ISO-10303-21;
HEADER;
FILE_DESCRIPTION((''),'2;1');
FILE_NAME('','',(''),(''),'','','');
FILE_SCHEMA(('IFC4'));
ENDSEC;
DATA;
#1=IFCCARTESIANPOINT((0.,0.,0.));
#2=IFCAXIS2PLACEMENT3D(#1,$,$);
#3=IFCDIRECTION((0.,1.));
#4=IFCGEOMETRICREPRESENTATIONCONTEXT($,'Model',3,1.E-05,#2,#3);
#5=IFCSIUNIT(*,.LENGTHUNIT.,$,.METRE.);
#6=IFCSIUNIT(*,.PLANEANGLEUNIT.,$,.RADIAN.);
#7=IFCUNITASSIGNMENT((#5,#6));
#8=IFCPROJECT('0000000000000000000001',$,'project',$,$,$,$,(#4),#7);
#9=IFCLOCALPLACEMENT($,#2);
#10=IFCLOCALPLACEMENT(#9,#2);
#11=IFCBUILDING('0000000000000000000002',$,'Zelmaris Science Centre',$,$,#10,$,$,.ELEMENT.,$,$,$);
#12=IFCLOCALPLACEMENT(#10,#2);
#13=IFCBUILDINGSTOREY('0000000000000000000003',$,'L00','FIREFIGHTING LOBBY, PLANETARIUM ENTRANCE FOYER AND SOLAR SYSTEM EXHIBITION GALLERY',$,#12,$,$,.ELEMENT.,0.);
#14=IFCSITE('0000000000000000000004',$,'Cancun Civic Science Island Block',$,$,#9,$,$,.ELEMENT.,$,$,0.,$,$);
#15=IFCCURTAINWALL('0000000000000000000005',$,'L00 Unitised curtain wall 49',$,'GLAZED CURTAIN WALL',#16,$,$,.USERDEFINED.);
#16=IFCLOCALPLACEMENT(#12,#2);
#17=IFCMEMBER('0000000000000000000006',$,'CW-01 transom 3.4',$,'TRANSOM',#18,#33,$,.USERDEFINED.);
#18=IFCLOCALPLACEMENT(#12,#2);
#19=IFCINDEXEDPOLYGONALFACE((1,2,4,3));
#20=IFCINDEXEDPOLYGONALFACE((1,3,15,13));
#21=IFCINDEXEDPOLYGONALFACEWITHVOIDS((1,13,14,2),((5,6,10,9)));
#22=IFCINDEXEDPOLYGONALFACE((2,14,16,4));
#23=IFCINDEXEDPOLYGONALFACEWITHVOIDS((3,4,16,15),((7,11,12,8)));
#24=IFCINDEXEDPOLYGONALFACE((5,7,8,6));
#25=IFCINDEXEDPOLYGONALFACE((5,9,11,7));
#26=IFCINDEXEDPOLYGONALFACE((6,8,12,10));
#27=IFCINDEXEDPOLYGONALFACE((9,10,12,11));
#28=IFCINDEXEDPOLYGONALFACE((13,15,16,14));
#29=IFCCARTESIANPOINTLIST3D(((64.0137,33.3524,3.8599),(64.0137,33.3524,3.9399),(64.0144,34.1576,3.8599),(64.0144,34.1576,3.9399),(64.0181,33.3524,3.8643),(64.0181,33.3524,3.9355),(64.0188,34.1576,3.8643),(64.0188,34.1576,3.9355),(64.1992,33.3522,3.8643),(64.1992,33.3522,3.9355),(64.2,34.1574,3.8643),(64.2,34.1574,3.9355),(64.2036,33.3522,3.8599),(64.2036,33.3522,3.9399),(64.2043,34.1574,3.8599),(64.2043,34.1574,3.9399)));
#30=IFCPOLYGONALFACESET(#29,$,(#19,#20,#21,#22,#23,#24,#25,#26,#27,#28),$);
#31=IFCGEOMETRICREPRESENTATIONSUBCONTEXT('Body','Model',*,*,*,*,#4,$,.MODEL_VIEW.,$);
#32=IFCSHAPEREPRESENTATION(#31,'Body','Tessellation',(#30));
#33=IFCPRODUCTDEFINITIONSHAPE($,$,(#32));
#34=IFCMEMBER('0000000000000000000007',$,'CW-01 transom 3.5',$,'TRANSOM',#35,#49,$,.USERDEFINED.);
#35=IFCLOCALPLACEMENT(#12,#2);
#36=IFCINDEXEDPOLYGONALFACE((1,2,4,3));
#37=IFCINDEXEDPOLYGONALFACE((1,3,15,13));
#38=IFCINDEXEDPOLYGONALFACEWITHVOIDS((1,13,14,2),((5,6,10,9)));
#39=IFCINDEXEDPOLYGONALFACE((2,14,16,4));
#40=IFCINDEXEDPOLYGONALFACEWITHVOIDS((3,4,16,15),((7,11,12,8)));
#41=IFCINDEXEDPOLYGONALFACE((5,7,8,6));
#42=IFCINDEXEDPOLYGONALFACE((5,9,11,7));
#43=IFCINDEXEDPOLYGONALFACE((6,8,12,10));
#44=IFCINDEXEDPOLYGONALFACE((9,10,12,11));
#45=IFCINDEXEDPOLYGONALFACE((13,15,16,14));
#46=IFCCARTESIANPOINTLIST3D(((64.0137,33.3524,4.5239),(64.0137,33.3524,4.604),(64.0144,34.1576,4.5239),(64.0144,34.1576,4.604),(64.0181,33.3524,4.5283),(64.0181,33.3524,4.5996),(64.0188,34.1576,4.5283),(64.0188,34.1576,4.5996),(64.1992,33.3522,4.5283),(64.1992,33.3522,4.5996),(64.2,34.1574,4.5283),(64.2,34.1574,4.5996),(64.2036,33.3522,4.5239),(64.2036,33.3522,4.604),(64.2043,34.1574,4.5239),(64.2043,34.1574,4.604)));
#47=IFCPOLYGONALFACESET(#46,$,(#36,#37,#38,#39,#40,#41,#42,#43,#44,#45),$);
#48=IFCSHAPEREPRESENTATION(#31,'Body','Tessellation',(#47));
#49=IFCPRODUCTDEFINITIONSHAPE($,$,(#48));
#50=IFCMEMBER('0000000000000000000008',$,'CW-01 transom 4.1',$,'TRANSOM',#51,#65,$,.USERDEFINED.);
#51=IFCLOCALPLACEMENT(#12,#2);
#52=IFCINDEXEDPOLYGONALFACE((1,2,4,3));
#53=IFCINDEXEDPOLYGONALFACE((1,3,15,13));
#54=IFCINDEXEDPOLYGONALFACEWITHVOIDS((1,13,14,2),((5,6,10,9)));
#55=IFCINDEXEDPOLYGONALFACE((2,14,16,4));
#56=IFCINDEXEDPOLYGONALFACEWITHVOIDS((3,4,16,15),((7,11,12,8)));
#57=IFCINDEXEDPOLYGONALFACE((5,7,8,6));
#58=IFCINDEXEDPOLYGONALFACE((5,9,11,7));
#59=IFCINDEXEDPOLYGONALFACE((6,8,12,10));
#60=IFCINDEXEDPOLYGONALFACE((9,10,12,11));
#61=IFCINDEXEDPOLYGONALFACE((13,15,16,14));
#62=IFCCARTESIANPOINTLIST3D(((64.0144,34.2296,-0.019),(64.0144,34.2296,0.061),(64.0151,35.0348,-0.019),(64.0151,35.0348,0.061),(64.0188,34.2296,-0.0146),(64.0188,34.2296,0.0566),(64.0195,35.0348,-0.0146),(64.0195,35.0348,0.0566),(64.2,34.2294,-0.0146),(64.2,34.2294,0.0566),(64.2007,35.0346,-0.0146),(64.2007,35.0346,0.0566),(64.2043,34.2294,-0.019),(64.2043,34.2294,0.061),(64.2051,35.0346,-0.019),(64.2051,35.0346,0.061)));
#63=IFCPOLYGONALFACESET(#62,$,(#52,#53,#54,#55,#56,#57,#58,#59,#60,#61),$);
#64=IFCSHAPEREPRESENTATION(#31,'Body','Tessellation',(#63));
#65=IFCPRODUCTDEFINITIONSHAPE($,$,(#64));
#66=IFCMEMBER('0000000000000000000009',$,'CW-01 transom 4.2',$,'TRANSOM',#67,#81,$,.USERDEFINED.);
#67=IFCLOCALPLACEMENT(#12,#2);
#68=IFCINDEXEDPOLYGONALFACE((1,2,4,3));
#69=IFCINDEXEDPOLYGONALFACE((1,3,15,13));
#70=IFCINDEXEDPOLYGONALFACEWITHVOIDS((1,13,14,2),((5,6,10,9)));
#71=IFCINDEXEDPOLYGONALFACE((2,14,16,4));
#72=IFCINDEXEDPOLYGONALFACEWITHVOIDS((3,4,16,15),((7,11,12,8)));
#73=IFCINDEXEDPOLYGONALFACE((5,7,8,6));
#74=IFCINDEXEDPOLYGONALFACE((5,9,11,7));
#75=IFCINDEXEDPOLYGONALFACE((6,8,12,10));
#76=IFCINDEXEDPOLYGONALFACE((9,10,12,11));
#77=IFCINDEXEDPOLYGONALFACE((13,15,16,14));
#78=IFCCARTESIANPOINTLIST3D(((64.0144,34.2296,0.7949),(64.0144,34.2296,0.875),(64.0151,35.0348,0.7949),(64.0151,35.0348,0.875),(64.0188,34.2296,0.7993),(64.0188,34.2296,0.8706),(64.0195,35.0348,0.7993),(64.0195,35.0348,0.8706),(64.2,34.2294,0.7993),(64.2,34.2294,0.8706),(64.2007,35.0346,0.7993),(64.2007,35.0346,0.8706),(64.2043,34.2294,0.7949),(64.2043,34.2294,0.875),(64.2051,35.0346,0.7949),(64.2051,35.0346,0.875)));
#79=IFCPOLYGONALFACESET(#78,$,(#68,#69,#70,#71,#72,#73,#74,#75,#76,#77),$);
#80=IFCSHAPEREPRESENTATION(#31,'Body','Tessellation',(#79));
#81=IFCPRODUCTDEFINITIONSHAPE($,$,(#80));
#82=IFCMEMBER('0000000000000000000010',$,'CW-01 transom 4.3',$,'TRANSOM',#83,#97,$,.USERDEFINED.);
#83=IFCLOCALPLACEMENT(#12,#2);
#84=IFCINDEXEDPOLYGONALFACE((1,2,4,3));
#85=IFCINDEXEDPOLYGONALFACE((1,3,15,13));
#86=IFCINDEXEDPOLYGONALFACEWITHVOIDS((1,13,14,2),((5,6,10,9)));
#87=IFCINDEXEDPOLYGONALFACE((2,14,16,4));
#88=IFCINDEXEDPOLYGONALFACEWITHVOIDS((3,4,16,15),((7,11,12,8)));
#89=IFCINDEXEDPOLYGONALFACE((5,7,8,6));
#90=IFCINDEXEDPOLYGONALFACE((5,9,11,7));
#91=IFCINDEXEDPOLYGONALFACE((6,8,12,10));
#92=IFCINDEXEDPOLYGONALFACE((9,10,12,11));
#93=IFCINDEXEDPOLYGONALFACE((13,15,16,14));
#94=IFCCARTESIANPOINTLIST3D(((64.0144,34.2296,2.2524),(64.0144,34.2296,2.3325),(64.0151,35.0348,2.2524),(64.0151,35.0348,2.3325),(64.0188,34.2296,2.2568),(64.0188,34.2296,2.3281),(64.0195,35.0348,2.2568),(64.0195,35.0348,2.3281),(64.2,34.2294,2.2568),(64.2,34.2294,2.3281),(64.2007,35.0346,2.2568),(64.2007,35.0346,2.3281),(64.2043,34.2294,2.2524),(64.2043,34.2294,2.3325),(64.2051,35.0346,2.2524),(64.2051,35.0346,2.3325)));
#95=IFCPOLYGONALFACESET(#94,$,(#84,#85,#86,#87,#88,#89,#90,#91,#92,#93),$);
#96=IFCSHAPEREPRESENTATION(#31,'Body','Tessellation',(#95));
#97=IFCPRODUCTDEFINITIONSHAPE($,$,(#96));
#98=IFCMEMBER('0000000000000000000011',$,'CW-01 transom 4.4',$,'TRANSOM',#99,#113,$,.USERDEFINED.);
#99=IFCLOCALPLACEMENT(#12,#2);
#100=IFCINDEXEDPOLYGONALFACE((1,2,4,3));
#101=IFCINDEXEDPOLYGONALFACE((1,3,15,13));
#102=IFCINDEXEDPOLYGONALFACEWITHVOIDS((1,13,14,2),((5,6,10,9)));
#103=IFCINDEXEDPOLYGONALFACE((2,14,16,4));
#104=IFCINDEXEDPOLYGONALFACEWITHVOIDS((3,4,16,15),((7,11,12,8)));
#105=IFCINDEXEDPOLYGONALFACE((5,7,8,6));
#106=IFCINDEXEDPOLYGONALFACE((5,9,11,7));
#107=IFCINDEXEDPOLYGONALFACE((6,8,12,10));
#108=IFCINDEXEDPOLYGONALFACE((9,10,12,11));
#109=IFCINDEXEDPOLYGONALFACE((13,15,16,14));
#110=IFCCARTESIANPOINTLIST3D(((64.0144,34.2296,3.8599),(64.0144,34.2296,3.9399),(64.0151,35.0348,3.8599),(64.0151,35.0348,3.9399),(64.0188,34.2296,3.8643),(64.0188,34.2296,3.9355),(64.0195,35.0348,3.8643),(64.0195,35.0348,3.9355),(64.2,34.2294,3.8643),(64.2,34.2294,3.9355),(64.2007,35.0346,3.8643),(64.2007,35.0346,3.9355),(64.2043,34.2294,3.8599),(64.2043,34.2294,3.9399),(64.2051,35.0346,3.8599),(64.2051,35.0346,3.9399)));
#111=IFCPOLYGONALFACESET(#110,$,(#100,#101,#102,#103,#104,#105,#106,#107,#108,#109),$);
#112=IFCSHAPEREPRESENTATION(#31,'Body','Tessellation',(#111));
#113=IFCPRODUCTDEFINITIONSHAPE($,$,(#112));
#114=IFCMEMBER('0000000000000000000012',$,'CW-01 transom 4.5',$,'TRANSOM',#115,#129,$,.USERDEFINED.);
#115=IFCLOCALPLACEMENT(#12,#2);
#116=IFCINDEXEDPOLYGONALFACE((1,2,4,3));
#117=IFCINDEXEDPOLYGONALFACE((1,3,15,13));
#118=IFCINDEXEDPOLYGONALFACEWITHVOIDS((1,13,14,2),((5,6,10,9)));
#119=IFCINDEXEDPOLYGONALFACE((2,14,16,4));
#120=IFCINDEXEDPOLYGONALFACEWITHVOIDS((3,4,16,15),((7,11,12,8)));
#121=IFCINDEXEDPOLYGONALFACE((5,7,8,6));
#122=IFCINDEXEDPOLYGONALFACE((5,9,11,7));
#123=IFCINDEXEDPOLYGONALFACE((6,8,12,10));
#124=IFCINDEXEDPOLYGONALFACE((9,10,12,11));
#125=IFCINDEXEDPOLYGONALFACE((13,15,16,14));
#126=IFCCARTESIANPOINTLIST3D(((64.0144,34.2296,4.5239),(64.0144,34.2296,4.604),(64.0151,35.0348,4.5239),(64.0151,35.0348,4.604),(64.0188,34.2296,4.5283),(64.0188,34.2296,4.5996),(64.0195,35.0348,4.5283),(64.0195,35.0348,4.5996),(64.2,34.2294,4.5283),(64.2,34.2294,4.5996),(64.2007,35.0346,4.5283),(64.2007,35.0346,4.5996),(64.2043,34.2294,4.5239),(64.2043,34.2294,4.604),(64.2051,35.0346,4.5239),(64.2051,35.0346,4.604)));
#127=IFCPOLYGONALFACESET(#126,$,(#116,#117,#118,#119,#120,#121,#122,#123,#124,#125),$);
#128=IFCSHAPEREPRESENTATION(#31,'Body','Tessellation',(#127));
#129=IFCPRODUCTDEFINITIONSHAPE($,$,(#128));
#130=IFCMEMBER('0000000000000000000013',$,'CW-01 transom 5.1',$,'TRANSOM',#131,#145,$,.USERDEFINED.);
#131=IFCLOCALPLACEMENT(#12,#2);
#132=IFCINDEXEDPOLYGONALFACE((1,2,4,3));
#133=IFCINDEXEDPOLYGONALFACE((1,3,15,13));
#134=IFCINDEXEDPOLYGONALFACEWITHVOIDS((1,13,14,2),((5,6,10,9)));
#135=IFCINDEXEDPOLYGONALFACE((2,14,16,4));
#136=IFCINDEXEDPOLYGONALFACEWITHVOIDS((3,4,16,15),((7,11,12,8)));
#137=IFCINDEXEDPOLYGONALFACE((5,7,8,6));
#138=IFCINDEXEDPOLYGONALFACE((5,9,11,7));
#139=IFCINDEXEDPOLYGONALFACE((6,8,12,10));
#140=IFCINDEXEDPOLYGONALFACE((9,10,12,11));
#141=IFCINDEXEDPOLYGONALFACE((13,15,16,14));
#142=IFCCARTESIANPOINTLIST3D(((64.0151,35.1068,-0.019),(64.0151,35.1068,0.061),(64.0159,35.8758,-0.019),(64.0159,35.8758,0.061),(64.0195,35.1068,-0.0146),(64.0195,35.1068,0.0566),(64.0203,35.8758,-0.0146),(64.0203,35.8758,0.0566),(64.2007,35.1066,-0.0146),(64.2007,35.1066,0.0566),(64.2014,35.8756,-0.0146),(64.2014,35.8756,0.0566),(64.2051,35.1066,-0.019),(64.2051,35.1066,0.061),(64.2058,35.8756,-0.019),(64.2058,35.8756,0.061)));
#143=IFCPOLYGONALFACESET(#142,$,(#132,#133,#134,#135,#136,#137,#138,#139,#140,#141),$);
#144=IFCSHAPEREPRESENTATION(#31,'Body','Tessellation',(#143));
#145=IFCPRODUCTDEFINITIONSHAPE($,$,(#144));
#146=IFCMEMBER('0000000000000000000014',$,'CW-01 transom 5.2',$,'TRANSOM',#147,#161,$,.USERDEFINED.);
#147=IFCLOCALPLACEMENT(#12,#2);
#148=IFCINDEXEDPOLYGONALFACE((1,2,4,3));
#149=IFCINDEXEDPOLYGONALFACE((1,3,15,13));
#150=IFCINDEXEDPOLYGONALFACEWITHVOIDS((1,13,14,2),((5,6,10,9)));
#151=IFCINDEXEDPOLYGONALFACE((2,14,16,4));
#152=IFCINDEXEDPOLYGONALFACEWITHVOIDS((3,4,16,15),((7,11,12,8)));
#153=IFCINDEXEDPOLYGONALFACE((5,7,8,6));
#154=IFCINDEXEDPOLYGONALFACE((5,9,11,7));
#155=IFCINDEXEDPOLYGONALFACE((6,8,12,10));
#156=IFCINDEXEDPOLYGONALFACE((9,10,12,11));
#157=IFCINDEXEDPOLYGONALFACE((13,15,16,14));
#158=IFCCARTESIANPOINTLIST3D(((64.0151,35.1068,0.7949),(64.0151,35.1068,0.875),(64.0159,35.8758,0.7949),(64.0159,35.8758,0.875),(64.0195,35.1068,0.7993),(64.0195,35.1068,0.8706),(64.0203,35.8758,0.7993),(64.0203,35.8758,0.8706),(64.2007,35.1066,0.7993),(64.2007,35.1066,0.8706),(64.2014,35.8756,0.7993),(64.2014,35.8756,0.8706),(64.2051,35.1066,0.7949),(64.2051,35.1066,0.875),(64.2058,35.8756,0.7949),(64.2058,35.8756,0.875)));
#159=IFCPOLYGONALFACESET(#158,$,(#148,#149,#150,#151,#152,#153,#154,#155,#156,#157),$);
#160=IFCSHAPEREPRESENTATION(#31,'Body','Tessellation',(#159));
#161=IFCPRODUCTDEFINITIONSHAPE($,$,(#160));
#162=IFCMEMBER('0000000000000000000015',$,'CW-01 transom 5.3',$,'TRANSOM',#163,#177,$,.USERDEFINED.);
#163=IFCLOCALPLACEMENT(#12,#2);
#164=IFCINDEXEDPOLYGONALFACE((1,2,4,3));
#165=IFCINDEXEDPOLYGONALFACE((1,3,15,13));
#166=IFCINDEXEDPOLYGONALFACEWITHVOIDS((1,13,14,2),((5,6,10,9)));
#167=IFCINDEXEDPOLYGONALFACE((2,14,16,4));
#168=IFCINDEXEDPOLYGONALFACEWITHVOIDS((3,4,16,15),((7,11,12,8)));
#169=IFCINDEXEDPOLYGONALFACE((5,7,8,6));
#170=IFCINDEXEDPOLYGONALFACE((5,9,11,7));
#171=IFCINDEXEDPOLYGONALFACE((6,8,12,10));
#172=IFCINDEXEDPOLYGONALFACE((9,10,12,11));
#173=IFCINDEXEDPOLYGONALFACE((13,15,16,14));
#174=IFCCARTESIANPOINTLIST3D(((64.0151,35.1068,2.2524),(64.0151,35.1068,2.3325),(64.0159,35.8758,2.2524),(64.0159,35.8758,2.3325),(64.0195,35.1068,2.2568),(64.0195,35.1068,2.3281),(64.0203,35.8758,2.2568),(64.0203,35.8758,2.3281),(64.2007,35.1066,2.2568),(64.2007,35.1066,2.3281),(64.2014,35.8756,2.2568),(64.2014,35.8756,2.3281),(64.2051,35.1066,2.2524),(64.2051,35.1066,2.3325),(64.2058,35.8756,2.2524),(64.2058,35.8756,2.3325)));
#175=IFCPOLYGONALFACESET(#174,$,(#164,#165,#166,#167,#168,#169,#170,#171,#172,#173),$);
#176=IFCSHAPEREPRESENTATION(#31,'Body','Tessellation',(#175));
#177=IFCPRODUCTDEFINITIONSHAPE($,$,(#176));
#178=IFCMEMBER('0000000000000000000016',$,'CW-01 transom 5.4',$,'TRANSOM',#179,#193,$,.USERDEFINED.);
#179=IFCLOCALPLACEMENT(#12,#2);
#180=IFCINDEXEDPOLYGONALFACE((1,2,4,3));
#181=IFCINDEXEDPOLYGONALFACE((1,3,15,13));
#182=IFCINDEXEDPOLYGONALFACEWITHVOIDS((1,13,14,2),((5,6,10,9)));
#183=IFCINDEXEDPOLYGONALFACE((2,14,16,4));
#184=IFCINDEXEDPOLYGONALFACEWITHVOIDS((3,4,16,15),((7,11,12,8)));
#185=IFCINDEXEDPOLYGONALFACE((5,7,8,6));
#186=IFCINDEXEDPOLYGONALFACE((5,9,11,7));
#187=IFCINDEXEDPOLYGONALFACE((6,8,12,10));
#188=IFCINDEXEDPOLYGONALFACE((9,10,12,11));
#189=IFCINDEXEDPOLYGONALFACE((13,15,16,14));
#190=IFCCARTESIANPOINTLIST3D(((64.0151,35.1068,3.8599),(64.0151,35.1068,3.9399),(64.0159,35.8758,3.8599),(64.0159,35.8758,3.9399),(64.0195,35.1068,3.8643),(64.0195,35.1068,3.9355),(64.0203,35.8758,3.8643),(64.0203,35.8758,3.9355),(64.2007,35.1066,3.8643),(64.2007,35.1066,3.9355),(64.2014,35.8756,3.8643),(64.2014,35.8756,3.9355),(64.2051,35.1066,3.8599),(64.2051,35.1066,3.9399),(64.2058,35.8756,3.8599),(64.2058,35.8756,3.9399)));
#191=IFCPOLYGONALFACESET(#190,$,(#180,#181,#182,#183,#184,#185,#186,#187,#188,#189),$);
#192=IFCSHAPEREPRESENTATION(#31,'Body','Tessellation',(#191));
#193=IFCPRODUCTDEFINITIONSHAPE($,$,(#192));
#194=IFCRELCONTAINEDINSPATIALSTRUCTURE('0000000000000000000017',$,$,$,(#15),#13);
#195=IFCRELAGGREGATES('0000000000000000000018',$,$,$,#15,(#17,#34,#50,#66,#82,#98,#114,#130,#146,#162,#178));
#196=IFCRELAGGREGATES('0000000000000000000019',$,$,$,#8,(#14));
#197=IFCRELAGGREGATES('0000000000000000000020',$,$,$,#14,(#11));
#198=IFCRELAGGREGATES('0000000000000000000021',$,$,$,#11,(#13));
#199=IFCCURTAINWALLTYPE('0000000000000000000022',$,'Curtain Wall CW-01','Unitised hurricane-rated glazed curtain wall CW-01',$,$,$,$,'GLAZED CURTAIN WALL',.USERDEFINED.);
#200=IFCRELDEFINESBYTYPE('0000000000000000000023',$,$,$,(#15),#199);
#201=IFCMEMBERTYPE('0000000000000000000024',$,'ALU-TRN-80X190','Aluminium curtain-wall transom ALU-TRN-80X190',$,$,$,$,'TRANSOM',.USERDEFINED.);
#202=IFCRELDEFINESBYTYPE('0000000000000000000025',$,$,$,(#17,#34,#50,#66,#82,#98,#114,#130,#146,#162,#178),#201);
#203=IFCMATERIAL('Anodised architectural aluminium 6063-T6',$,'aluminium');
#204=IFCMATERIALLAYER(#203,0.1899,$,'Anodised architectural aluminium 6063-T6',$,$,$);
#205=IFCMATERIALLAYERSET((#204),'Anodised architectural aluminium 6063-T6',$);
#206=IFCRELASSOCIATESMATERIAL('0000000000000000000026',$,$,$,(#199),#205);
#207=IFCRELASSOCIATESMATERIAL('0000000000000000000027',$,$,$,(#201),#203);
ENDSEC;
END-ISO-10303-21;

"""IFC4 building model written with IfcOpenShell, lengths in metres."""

from ifc_helpers import new_model, si_unit, direction, frame, origin, origin_2d, place, context, subcontext, project, spatial, hollow_rectangle, extrude, material, layer, layer_set, material_profile, profile_set, type_object, element, aggregate, save


model = new_model("IFC4")

# Units and contexts
model_context = context("Model", 3, precision=1e-05, world=origin(), true_north=direction((0.0, 1.0)))
body_context = subcontext(model_context, "Body", "Model", "MODEL_VIEW")
ifc_project = project(units=[si_unit("LENGTHUNIT", "METRE"), si_unit("PLANEANGLEUNIT", "RADIAN")], contexts=[model_context])

# Site, building, storey
site_placement = place(None, origin())
site = spatial("IfcSite", under=ifc_project, at=site_placement, Name="Cancun Civic Science Island Block", CompositionType="ELEMENT", RefElevation=0.0)
building_placement = place(site_placement, origin())
building = spatial("IfcBuilding", under=site, at=building_placement, Name="Zelmaris Science Centre", CompositionType="ELEMENT")
storey_placement = place(building_placement, origin())
storey = spatial("IfcBuildingStorey", under=building, at=storey_placement, Name="L00", Description="FIREFIGHTING LOBBY, PLANETARIUM ENTRANCE FOYER AND SOLAR SYSTEM EXHIBITION GALLERY", CompositionType="ELEMENT", Elevation=0.0)

# Curtain wall, members
ifc_material_1 = material(Name="Anodised architectural aluminium 6063-T6", Category="aluminium")
ifc_layer_1 = layer(ifc_material_1, 0.1899, Name="Anodised architectural aluminium 6063-T6")
ifc_layer_set_1 = layer_set([ifc_layer_1], Name="Anodised architectural aluminium 6063-T6")
curtain_wall_type = type_object("IfcCurtainWallType", Name="Curtain Wall CW-01", Description="Unitised hurricane-rated glazed curtain wall CW-01", ElementType="GLAZED CURTAIN WALL", PredefinedType="USERDEFINED", material=ifc_layer_set_1)
curtain_wall_placement = place(storey_placement, origin())
curtain_wall = element("IfcCurtainWall", 1, at=curtain_wall_placement, inside=storey, type_object=curtain_wall_type, Name="L00 Unitised curtain wall 49", ObjectType="GLAZED CURTAIN WALL", PredefinedType="USERDEFINED")
ifc_material_profile_1 = material_profile(ifc_material_1, hollow_rectangle(XDim=0.0801, YDim=0.1899, WallThickness=0.0044, at=origin_2d()), Name="ALU-TRN-80X190")
ifc_profile_set_1 = profile_set([ifc_material_profile_1], Name="Anodised architectural aluminium 6063-T6")
member_type_1 = type_object("IfcMemberType", Name="ALU-TRN-80X190", Description="Aluminium curtain-wall transom ALU-TRN-80X190", ElementType="TRANSOM", PredefinedType="USERDEFINED", material=ifc_profile_set_1)
member_1_placement = place(storey_placement, frame((64.1086, 33.3523, 3.8999), z_axis=(0.00091, 1.0, 0.0), x_axis=(0.0, 0.0, 1.0)))
member_1 = element("IfcMember", 2, at=member_1_placement, type_object=member_type_1, Name="CW-01 transom 3.4", ObjectType="TRANSOM", PredefinedType="USERDEFINED", context=body_context, shape_type="SweptSolid", body=[
    extrude(hollow_rectangle(XDim=0.0801, YDim=0.1899, WallThickness=0.0044, at=origin_2d()), origin(), (0.0, 0.0, 1.0), 0.8052),
])
member_2_placement = place(storey_placement, frame((64.1086, 33.3523, 4.564), z_axis=(0.00091, 1.0, 0.0), x_axis=(0.0, 0.0, 1.0)))
member_2 = element("IfcMember", 3, at=member_2_placement, type_object=member_type_1, Name="CW-01 transom 3.5", ObjectType="TRANSOM", PredefinedType="USERDEFINED", context=body_context, shape_type="SweptSolid", body=[
    extrude(hollow_rectangle(XDim=0.0801, YDim=0.1899, WallThickness=0.0044, at=origin_2d()), origin(), (0.0, 0.0, 1.0), 0.8052),
])
member_3_placement = place(storey_placement, frame((64.1094, 34.2295, 0.021), z_axis=(0.00091, 1.0, 0.0), x_axis=(0.0, 0.0, 1.0)))
member_3 = element("IfcMember", 4, at=member_3_placement, type_object=member_type_1, Name="CW-01 transom 4.1", ObjectType="TRANSOM", PredefinedType="USERDEFINED", context=body_context, shape_type="SweptSolid", body=[
    extrude(hollow_rectangle(XDim=0.0801, YDim=0.1899, WallThickness=0.0044, at=origin_2d()), origin(), (0.0, 0.0, 1.0), 0.8052),
])
member_4_placement = place(storey_placement, frame((64.1094, 34.2295, 0.835), z_axis=(0.00091, 1.0, 0.0), x_axis=(0.0, 0.0, 1.0)))
member_4 = element("IfcMember", 5, at=member_4_placement, type_object=member_type_1, Name="CW-01 transom 4.2", ObjectType="TRANSOM", PredefinedType="USERDEFINED", context=body_context, shape_type="SweptSolid", body=[
    extrude(hollow_rectangle(XDim=0.0801, YDim=0.1899, WallThickness=0.0044, at=origin_2d()), origin(), (0.0, 0.0, 1.0), 0.8052),
])
member_5_placement = place(storey_placement, frame((64.1094, 34.2295, 2.2925), z_axis=(0.00091, 1.0, 0.0), x_axis=(0.0, 0.0, 1.0)))
member_5 = element("IfcMember", 6, at=member_5_placement, type_object=member_type_1, Name="CW-01 transom 4.3", ObjectType="TRANSOM", PredefinedType="USERDEFINED", context=body_context, shape_type="SweptSolid", body=[
    extrude(hollow_rectangle(XDim=0.0801, YDim=0.1899, WallThickness=0.0044, at=origin_2d()), origin(), (0.0, 0.0, 1.0), 0.8052),
])
member_6_placement = place(storey_placement, frame((64.1094, 34.2295, 3.8999), z_axis=(0.00091, 1.0, 0.0), x_axis=(0.0, 0.0, 1.0)))
member_6 = element("IfcMember", 7, at=member_6_placement, type_object=member_type_1, Name="CW-01 transom 4.4", ObjectType="TRANSOM", PredefinedType="USERDEFINED", context=body_context, shape_type="SweptSolid", body=[
    extrude(hollow_rectangle(XDim=0.0801, YDim=0.1899, WallThickness=0.0044, at=origin_2d()), origin(), (0.0, 0.0, 1.0), 0.8052),
])
member_7_placement = place(storey_placement, frame((64.1094, 34.2295, 4.564), z_axis=(0.00091, 1.0, 0.0), x_axis=(0.0, 0.0, 1.0)))
member_7 = element("IfcMember", 8, at=member_7_placement, type_object=member_type_1, Name="CW-01 transom 4.5", ObjectType="TRANSOM", PredefinedType="USERDEFINED", context=body_context, shape_type="SweptSolid", body=[
    extrude(hollow_rectangle(XDim=0.0801, YDim=0.1899, WallThickness=0.0044, at=origin_2d()), origin(), (0.0, 0.0, 1.0), 0.8052),
])
member_8_placement = place(storey_placement, frame((64.1101, 35.1067, 0.021), z_axis=(0.000952, 1.0, 0.0), x_axis=(0.0, 0.0, 1.0)))
member_8 = element("IfcMember", 9, at=member_8_placement, type_object=member_type_1, Name="CW-01 transom 5.1", ObjectType="TRANSOM", PredefinedType="USERDEFINED", context=body_context, shape_type="SweptSolid", body=[
    extrude(hollow_rectangle(XDim=0.0801, YDim=0.1899, WallThickness=0.0044, at=origin_2d()), origin(), (0.0, 0.0, 1.0), 0.769),
])
member_9_placement = place(storey_placement, frame((64.1101, 35.1067, 0.835), z_axis=(0.000952, 1.0, 0.0), x_axis=(0.0, 0.0, 1.0)))
member_9 = element("IfcMember", 10, at=member_9_placement, type_object=member_type_1, Name="CW-01 transom 5.2", ObjectType="TRANSOM", PredefinedType="USERDEFINED", context=body_context, shape_type="SweptSolid", body=[
    extrude(hollow_rectangle(XDim=0.0801, YDim=0.1899, WallThickness=0.0044, at=origin_2d()), origin(), (0.0, 0.0, 1.0), 0.769),
])
member_10_placement = place(storey_placement, frame((64.1101, 35.1067, 2.2925), z_axis=(0.000952, 1.0, 0.0), x_axis=(0.0, 0.0, 1.0)))
member_10 = element("IfcMember", 11, at=member_10_placement, type_object=member_type_1, Name="CW-01 transom 5.3", ObjectType="TRANSOM", PredefinedType="USERDEFINED", context=body_context, shape_type="SweptSolid", body=[
    extrude(hollow_rectangle(XDim=0.0801, YDim=0.1899, WallThickness=0.0044, at=origin_2d()), origin(), (0.0, 0.0, 1.0), 0.769),
])
member_11_placement = place(storey_placement, frame((64.1101, 35.1067, 3.8999), z_axis=(0.000952, 1.0, 0.0), x_axis=(0.0, 0.0, 1.0)))
member_11 = element("IfcMember", 12, at=member_11_placement, type_object=member_type_1, Name="CW-01 transom 5.4", ObjectType="TRANSOM", PredefinedType="USERDEFINED", context=body_context, shape_type="SweptSolid", body=[
    extrude(hollow_rectangle(XDim=0.0801, YDim=0.1899, WallThickness=0.0044, at=origin_2d()), origin(), (0.0, 0.0, 1.0), 0.769),
])
aggregate(curtain_wall, [member_1, member_2, member_3, member_4, member_5, member_6, member_7, member_8, member_9, member_10, member_11])

save(model, "model.ifc")
